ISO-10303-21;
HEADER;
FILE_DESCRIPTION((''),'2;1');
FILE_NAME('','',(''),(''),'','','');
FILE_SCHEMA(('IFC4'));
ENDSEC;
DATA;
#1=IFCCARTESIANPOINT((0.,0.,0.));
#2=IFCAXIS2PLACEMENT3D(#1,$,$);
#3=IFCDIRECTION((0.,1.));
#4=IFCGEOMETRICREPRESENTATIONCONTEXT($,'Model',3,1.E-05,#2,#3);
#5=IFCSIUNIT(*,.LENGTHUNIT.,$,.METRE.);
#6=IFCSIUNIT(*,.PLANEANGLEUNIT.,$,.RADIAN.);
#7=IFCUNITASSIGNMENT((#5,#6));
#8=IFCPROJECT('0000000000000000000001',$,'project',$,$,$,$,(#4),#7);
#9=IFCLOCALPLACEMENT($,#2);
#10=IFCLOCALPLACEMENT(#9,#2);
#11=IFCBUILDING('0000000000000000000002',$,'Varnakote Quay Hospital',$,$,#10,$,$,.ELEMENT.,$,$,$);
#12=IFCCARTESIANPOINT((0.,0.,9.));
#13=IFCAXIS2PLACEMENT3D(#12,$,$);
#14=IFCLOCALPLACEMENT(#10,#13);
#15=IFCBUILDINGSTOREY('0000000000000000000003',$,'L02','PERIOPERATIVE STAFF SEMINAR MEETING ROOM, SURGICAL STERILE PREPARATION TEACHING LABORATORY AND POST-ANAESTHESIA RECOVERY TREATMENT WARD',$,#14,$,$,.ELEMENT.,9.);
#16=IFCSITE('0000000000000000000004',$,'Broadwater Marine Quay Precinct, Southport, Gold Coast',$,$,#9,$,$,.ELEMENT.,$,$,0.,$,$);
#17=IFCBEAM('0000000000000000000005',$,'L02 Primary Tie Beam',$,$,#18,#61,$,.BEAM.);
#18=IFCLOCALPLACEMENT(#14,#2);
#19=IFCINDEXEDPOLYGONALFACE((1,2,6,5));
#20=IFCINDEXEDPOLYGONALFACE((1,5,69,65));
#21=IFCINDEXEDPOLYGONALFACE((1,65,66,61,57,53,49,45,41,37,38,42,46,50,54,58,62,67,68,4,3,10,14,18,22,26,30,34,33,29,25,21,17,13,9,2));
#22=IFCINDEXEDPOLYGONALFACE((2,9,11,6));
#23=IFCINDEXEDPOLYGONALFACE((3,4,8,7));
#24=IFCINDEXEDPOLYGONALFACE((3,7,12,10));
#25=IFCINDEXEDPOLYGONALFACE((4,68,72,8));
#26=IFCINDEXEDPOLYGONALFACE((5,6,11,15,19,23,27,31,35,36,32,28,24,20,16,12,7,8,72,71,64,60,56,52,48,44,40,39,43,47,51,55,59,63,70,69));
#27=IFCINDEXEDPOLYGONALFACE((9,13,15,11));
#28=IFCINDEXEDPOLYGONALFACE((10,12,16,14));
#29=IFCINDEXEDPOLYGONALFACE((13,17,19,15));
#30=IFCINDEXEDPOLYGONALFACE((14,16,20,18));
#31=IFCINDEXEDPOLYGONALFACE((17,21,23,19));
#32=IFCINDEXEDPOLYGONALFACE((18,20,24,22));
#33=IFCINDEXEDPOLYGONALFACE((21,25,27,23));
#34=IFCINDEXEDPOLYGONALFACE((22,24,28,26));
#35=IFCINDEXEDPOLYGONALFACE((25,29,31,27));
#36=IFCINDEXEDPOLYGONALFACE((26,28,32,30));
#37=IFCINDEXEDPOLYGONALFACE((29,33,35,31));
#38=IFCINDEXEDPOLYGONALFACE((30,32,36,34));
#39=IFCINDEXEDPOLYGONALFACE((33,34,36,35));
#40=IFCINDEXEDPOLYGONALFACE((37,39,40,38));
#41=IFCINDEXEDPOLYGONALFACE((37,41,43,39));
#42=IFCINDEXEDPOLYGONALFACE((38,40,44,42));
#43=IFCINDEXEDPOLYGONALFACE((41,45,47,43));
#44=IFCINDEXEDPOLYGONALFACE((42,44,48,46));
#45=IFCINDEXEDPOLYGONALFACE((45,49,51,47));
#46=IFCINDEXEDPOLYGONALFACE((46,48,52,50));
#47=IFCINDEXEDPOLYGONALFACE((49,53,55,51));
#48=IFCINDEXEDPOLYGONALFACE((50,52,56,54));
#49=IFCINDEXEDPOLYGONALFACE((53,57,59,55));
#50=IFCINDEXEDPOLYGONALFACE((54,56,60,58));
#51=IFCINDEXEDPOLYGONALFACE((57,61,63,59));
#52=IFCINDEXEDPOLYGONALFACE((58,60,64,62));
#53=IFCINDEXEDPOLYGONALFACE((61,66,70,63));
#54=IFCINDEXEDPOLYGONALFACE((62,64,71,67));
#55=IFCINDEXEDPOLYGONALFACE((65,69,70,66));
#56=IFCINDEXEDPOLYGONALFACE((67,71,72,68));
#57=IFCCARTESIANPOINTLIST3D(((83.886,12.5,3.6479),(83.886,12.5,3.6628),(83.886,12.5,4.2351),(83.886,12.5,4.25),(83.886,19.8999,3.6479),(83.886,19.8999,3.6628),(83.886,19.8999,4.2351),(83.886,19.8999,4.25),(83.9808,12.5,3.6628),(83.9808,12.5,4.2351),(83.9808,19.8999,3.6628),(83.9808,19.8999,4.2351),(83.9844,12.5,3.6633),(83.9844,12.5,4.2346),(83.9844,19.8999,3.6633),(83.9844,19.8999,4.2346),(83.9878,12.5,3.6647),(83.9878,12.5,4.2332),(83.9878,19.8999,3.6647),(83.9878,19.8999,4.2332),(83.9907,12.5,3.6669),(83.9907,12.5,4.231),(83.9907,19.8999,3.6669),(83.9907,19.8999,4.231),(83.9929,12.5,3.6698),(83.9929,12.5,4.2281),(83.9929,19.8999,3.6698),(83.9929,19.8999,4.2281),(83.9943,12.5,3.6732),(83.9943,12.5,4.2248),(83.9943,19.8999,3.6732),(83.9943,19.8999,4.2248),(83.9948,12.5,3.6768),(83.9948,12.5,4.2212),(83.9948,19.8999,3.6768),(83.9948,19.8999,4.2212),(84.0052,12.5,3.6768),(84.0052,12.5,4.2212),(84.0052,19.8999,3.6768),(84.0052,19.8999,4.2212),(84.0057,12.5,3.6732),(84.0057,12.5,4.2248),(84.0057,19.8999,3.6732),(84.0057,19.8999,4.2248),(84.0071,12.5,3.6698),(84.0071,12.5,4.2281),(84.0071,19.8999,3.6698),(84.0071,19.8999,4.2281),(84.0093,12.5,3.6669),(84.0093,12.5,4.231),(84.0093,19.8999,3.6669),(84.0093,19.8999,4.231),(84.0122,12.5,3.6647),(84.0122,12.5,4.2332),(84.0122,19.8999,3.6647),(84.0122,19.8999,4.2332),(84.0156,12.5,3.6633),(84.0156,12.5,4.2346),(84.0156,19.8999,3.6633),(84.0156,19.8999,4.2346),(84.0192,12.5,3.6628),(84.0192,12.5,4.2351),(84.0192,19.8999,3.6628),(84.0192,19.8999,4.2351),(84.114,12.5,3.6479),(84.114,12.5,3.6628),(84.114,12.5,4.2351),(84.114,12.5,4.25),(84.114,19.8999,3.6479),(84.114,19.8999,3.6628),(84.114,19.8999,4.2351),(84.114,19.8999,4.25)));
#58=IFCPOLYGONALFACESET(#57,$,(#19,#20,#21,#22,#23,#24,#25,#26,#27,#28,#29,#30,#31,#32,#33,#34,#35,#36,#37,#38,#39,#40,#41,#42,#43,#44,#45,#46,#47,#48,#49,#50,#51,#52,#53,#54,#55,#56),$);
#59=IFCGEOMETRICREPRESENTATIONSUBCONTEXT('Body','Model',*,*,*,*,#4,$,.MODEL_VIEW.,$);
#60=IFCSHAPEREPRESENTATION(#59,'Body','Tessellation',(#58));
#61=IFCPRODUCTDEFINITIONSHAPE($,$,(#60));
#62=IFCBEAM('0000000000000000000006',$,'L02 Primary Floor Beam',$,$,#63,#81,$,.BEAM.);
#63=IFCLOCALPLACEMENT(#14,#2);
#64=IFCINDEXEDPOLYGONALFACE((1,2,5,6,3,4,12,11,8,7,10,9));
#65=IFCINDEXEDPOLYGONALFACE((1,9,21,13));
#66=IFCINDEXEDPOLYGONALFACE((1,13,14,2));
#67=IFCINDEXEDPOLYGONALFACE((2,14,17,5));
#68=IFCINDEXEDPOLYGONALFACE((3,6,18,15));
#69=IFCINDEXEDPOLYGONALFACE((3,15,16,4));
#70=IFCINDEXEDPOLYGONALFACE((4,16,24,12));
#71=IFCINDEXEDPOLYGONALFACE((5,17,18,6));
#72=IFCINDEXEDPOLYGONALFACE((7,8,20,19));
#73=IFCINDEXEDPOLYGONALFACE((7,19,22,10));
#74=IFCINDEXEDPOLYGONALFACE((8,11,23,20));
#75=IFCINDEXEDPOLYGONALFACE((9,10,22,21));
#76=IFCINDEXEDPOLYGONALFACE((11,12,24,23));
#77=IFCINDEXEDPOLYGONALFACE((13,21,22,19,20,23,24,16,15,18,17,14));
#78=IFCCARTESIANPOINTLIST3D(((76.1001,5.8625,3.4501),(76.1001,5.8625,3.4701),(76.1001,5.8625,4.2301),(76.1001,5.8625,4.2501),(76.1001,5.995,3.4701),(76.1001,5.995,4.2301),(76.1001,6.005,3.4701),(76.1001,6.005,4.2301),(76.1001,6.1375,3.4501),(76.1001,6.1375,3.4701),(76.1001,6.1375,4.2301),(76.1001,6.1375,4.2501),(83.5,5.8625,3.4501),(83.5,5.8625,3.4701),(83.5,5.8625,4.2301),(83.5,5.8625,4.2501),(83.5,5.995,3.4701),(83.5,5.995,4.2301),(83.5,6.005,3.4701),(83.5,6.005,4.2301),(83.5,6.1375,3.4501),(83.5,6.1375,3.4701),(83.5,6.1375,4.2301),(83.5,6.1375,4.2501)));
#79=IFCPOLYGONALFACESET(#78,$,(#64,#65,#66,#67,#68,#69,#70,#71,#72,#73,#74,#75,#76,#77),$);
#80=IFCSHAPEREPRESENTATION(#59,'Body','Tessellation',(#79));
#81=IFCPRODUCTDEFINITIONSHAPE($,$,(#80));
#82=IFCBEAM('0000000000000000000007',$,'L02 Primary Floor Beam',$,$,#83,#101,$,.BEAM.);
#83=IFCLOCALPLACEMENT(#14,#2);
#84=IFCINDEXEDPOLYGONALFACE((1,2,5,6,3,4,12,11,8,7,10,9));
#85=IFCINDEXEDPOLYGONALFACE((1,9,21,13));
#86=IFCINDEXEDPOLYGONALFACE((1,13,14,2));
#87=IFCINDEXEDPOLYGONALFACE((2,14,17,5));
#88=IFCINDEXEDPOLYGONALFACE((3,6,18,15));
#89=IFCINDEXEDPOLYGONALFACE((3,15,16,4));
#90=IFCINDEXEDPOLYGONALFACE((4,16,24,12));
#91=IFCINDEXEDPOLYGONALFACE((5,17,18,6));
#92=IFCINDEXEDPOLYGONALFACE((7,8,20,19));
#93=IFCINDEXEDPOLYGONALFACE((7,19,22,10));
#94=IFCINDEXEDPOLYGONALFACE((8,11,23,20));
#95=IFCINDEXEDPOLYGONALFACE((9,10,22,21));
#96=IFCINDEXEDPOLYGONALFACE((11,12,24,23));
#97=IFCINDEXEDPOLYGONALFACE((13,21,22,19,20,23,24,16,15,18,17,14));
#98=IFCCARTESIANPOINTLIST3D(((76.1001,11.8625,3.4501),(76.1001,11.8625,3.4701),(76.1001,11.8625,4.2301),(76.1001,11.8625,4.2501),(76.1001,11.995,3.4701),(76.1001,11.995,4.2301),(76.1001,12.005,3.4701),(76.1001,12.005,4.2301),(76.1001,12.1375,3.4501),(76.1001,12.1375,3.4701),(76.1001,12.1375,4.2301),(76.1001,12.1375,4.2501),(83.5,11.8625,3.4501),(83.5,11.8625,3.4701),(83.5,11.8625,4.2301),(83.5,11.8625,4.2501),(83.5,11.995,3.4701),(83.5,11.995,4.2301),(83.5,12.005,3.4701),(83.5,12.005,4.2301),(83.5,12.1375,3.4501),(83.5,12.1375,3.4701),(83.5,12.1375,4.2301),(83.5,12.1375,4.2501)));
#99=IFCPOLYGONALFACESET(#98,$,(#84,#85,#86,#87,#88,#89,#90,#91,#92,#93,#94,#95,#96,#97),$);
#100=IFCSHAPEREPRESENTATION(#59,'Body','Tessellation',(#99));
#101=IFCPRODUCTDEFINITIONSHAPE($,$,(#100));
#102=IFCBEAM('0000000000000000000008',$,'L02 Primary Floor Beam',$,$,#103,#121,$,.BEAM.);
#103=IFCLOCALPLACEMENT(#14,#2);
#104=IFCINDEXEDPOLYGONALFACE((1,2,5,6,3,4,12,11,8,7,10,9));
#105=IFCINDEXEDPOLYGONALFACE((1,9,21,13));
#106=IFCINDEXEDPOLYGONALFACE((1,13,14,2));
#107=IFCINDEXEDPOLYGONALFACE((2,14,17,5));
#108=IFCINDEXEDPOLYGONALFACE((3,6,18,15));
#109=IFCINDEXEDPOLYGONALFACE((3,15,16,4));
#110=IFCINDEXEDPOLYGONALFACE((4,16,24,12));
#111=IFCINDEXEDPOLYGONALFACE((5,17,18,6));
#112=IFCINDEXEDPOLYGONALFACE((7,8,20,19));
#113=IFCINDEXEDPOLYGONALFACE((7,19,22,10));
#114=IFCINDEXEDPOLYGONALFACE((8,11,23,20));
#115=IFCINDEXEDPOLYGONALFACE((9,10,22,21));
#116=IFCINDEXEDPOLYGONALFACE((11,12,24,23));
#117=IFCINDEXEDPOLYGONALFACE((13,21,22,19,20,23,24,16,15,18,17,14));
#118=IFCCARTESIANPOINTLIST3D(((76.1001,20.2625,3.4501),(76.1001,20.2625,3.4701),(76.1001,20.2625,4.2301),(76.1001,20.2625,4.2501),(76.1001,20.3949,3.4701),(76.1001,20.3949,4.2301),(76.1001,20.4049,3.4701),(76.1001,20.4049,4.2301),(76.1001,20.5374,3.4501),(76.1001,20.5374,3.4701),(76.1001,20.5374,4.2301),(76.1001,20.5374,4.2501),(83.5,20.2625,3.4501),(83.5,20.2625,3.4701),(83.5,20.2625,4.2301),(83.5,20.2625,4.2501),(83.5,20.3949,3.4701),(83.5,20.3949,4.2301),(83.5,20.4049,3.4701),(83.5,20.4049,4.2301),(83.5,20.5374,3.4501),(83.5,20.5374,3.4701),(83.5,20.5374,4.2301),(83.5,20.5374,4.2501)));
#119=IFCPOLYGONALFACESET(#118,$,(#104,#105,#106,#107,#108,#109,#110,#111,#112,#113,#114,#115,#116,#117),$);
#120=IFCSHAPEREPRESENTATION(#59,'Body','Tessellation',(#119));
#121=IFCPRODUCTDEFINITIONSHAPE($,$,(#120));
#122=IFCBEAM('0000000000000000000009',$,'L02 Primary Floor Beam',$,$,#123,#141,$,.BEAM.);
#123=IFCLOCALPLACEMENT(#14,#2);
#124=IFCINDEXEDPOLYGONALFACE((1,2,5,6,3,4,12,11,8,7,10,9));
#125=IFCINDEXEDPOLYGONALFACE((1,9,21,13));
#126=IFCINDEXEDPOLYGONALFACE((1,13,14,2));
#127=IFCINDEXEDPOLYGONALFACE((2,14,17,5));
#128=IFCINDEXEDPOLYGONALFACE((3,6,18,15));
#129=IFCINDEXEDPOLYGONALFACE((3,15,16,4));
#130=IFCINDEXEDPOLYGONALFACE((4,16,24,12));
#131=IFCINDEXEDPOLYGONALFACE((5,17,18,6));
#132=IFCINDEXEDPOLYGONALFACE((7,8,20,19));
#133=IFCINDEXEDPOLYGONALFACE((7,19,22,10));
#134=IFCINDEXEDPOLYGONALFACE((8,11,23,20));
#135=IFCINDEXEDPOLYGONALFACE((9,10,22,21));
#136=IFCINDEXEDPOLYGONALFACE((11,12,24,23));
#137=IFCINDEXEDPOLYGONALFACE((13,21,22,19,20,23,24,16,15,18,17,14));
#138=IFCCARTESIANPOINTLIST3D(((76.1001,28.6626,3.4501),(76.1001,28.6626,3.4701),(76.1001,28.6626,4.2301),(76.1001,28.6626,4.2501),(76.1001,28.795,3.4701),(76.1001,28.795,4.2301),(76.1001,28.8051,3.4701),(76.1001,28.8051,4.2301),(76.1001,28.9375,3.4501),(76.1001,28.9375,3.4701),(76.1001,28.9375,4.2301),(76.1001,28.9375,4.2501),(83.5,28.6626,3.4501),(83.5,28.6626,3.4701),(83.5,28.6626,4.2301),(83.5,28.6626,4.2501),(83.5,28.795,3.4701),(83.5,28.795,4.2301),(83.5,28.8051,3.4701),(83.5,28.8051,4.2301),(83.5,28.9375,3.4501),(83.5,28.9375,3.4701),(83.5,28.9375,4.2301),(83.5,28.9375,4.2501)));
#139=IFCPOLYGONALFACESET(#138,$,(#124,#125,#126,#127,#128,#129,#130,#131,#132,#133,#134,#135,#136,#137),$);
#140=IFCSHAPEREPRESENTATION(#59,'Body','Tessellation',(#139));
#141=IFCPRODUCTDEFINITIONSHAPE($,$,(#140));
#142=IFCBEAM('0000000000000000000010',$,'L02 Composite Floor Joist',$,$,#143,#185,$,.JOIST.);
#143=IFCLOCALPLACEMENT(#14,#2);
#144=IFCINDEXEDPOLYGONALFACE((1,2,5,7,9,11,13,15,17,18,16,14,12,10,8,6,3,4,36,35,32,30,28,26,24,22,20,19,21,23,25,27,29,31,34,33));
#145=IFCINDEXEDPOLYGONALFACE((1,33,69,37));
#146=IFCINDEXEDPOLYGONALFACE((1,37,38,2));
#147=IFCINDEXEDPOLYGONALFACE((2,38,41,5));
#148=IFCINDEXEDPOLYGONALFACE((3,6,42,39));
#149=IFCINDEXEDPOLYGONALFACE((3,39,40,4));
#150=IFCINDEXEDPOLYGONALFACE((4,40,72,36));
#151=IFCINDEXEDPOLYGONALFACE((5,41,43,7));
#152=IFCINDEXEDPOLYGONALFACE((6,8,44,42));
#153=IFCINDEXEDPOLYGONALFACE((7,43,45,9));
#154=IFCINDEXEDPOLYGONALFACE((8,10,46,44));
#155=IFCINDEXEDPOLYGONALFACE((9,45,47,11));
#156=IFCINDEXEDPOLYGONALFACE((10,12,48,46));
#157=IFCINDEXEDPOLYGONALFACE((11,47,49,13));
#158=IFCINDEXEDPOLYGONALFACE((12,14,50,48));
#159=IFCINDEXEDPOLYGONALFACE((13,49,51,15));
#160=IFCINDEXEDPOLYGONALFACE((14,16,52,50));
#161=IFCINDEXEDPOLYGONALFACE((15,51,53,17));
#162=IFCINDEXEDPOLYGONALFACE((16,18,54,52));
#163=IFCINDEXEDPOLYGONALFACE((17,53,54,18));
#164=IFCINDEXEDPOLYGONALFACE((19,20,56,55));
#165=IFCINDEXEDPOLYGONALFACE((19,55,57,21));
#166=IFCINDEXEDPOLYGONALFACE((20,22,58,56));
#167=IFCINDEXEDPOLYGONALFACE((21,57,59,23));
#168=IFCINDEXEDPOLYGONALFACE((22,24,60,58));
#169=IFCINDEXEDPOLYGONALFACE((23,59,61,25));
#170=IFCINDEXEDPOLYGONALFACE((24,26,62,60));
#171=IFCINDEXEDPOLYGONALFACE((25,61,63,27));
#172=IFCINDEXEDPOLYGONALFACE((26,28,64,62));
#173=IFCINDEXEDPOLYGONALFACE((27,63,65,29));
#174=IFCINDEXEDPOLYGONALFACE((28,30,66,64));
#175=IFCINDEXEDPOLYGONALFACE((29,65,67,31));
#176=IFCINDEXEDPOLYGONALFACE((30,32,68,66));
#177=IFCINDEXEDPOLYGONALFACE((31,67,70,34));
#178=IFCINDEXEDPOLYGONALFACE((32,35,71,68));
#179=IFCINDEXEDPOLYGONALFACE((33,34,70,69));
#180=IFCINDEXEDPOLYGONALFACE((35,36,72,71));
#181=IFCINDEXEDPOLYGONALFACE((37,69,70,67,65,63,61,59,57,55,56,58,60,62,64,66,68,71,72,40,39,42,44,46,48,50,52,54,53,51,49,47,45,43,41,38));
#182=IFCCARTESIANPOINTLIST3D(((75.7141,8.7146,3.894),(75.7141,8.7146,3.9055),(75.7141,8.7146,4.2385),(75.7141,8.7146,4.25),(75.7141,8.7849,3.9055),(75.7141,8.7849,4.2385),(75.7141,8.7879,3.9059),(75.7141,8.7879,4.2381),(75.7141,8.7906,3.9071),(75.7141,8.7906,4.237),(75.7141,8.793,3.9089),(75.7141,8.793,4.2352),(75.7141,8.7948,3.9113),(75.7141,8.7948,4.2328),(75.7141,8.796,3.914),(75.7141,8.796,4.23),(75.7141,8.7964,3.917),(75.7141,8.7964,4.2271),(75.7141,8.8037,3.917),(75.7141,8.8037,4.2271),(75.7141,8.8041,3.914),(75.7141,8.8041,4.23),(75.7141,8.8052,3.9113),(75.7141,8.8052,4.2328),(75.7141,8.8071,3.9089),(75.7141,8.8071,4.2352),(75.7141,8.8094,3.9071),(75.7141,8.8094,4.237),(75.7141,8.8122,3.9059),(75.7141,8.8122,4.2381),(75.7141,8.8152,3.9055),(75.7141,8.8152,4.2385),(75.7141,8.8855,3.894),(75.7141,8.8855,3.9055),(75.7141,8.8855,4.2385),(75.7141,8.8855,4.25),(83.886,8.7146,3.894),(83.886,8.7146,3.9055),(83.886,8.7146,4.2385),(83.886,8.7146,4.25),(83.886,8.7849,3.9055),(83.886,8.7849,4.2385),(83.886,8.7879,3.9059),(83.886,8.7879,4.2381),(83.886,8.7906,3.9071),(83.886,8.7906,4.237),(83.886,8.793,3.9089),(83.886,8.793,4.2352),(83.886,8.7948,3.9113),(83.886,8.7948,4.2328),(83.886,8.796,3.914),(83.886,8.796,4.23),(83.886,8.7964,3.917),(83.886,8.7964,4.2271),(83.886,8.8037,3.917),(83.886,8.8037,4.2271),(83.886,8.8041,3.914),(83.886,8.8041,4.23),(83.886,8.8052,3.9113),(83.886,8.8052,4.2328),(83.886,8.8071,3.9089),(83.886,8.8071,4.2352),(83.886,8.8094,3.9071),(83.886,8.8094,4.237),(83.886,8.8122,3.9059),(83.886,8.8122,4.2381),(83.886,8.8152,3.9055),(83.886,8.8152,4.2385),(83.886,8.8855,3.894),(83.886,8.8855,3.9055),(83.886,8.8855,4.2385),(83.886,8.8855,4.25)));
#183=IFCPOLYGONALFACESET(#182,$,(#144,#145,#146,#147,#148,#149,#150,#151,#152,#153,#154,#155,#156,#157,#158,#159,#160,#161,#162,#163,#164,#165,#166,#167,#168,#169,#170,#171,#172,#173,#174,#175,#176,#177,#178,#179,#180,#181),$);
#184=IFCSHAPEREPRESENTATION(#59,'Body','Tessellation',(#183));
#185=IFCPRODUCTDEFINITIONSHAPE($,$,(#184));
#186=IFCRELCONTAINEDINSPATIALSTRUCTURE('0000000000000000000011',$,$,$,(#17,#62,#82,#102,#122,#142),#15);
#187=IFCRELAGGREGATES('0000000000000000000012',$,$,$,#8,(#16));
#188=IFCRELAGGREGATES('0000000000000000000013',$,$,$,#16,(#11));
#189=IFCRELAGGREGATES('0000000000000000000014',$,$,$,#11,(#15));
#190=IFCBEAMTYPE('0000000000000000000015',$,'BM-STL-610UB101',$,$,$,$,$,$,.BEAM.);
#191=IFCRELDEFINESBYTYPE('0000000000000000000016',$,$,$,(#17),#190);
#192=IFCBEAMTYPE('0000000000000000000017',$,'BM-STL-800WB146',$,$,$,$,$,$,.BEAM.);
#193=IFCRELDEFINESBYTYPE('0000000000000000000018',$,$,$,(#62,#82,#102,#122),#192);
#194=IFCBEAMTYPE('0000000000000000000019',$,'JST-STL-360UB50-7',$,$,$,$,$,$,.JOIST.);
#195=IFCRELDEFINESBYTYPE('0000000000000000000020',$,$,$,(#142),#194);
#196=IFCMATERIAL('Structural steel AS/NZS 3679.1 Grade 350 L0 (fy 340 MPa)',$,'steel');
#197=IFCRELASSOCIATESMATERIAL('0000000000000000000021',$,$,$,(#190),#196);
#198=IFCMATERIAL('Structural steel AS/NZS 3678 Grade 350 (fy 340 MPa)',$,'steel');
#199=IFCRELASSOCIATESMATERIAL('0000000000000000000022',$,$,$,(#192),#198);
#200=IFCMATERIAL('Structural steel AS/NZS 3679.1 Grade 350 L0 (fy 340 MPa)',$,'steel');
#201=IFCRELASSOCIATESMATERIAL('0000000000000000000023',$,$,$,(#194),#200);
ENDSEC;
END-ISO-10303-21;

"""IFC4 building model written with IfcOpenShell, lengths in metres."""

from ifc_helpers import new_model, si_unit, direction, frame, origin, origin_2d, place, context, subcontext, project, spatial, i_section, extrude, material, material_profile, profile_set, type_object, element, save


model = new_model("IFC4")

# Units and contexts
model_context = context("Model", 3, precision=1e-05, world=origin(), true_north=direction((0.0, 1.0)))
body_context = subcontext(model_context, "Body", "Model", "MODEL_VIEW")
ifc_project = project(units=[si_unit("LENGTHUNIT", "METRE"), si_unit("PLANEANGLEUNIT", "RADIAN")], contexts=[model_context])

# Site, building, storey
site_placement = place(None, origin())
site = spatial("IfcSite", under=ifc_project, at=site_placement, Name="Broadwater Marine Quay Precinct, Southport, Gold Coast", CompositionType="ELEMENT", RefElevation=0.0)
building_placement = place(site_placement, origin())
building = spatial("IfcBuilding", under=site, at=building_placement, Name="Varnakote Quay Hospital", CompositionType="ELEMENT")
storey_placement = place(building_placement, frame((0.0, 0.0, 9.0)))
storey = spatial("IfcBuildingStorey", under=building, at=storey_placement, Name="L02", Description="PERIOPERATIVE STAFF SEMINAR MEETING ROOM, SURGICAL STERILE PREPARATION TEACHING LABORATORY AND POST-ANAESTHESIA RECOVERY TREATMENT WARD", CompositionType="ELEMENT", Elevation=9.0)

# Beams
ifc_material_1 = material(Name="Structural steel AS/NZS 3679.1 Grade 350 L0 (fy 340 MPa)", Category="steel")
ifc_material_profile_1 = material_profile(ifc_material_1, i_section(OverallWidth=0.228, OverallDepth=0.6021, WebThickness=0.0105, FlangeThickness=0.0149, FilletRadius=0.0139, at=origin_2d()), Name="610UB101")
ifc_profile_set_1 = profile_set([ifc_material_profile_1], Name="Structural steel AS/NZS 3679.1 Grade 350 L0 (fy 340 MPa)")
beam_type_1 = type_object("IfcBeamType", Name="BM-STL-610UB101", PredefinedType="BEAM", material=ifc_profile_set_1)
beam_1_placement = place(storey_placement, frame((84.0, 12.5, 3.949), z_axis=(0.0, 1.0, 0.0), x_axis=(-1.0, 0.0, 0.0)))
element("IfcBeam", 1, at=beam_1_placement, inside=storey, type_object=beam_type_1, Name="L02 Primary Tie Beam", PredefinedType="BEAM", context=body_context, shape_type="SweptSolid", body=[
    extrude(i_section(OverallWidth=0.228, OverallDepth=0.6021, WebThickness=0.0105, FlangeThickness=0.0149, FilletRadius=0.0139, at=origin_2d()), origin(), (0.0, 0.0, 1.0), 7.3999),
])
ifc_material_2 = material(Name="Structural steel AS/NZS 3678 Grade 350 (fy 340 MPa)", Category="steel")
ifc_material_profile_2 = material_profile(ifc_material_2, i_section(OverallWidth=0.2749, OverallDepth=0.8, WebThickness=0.01, FlangeThickness=0.02, at=origin_2d()), Name="800WB146")
ifc_profile_set_2 = profile_set([ifc_material_profile_2], Name="Structural steel AS/NZS 3678 Grade 350 (fy 340 MPa)")
beam_type_2 = type_object("IfcBeamType", Name="BM-STL-800WB146", PredefinedType="BEAM", material=ifc_profile_set_2)
for number, where, z_axis, x_axis, name in (
    (2, (76.1001, 6.0, 3.8501), (1.0, 0.0, 0.0), (0.0, 1.0, 0.0), "L02 Primary Floor Beam"),
    (3, (76.1001, 12.0, 3.8501), (1.0, 0.0, 0.0), (0.0, 1.0, 0.0), "L02 Primary Floor Beam"),
    (4, (76.1001, 20.3999, 3.8501), (1.0, 0.0, 0.0), (0.0, 1.0, 0.0), "L02 Primary Floor Beam"),
    (5, (76.1001, 28.8, 3.8501), (1.0, 0.0, 0.0), (0.0, 1.0, 0.0), "L02 Primary Floor Beam"),
):
    element("IfcBeam", number, at=place(storey_placement, frame(where, z_axis=z_axis, x_axis=x_axis)), inside=storey, type_object=beam_type_2, Name=name, PredefinedType="BEAM", context=body_context, shape_type="SweptSolid", body=[
        extrude(i_section(OverallWidth=0.2749, OverallDepth=0.8, WebThickness=0.01, FlangeThickness=0.02, at=origin_2d()), origin(), (0.0, 0.0, 1.0), 7.3999),
    ])
ifc_material_3 = material(Name="Structural steel AS/NZS 3679.1 Grade 350 L0 (fy 340 MPa)", Category="steel")
ifc_material_profile_3 = material_profile(ifc_material_3, i_section(OverallWidth=0.1709, OverallDepth=0.356, WebThickness=0.0073, FlangeThickness=0.0115, FilletRadius=0.0115, at=origin_2d()), Name="360UB50.7")
ifc_profile_set_3 = profile_set([ifc_material_profile_3], Name="Structural steel AS/NZS 3679.1 Grade 350 L0 (fy 340 MPa)")
beam_type_3 = type_object("IfcBeamType", Name="JST-STL-360UB50-7", PredefinedType="JOIST", material=ifc_profile_set_3)
for number, where, z_axis, x_axis, name in (
    (6, (75.7141, 8.8, 4.072), (1.0, 0.0, 0.0), (0.0, 1.0, 0.0), "L02 Composite Floor Joist"),
):
    element("IfcBeam", number, at=place(storey_placement, frame(where, z_axis=z_axis, x_axis=x_axis)), inside=storey, type_object=beam_type_3, Name=name, PredefinedType="JOIST", context=body_context, shape_type="SweptSolid", body=[
        extrude(i_section(OverallWidth=0.1709, OverallDepth=0.356, WebThickness=0.0073, FlangeThickness=0.0115, FilletRadius=0.0115, at=origin_2d()), origin(), (0.0, 0.0, 1.0), 8.1719),
    ])

save(model, "model.ifc")
